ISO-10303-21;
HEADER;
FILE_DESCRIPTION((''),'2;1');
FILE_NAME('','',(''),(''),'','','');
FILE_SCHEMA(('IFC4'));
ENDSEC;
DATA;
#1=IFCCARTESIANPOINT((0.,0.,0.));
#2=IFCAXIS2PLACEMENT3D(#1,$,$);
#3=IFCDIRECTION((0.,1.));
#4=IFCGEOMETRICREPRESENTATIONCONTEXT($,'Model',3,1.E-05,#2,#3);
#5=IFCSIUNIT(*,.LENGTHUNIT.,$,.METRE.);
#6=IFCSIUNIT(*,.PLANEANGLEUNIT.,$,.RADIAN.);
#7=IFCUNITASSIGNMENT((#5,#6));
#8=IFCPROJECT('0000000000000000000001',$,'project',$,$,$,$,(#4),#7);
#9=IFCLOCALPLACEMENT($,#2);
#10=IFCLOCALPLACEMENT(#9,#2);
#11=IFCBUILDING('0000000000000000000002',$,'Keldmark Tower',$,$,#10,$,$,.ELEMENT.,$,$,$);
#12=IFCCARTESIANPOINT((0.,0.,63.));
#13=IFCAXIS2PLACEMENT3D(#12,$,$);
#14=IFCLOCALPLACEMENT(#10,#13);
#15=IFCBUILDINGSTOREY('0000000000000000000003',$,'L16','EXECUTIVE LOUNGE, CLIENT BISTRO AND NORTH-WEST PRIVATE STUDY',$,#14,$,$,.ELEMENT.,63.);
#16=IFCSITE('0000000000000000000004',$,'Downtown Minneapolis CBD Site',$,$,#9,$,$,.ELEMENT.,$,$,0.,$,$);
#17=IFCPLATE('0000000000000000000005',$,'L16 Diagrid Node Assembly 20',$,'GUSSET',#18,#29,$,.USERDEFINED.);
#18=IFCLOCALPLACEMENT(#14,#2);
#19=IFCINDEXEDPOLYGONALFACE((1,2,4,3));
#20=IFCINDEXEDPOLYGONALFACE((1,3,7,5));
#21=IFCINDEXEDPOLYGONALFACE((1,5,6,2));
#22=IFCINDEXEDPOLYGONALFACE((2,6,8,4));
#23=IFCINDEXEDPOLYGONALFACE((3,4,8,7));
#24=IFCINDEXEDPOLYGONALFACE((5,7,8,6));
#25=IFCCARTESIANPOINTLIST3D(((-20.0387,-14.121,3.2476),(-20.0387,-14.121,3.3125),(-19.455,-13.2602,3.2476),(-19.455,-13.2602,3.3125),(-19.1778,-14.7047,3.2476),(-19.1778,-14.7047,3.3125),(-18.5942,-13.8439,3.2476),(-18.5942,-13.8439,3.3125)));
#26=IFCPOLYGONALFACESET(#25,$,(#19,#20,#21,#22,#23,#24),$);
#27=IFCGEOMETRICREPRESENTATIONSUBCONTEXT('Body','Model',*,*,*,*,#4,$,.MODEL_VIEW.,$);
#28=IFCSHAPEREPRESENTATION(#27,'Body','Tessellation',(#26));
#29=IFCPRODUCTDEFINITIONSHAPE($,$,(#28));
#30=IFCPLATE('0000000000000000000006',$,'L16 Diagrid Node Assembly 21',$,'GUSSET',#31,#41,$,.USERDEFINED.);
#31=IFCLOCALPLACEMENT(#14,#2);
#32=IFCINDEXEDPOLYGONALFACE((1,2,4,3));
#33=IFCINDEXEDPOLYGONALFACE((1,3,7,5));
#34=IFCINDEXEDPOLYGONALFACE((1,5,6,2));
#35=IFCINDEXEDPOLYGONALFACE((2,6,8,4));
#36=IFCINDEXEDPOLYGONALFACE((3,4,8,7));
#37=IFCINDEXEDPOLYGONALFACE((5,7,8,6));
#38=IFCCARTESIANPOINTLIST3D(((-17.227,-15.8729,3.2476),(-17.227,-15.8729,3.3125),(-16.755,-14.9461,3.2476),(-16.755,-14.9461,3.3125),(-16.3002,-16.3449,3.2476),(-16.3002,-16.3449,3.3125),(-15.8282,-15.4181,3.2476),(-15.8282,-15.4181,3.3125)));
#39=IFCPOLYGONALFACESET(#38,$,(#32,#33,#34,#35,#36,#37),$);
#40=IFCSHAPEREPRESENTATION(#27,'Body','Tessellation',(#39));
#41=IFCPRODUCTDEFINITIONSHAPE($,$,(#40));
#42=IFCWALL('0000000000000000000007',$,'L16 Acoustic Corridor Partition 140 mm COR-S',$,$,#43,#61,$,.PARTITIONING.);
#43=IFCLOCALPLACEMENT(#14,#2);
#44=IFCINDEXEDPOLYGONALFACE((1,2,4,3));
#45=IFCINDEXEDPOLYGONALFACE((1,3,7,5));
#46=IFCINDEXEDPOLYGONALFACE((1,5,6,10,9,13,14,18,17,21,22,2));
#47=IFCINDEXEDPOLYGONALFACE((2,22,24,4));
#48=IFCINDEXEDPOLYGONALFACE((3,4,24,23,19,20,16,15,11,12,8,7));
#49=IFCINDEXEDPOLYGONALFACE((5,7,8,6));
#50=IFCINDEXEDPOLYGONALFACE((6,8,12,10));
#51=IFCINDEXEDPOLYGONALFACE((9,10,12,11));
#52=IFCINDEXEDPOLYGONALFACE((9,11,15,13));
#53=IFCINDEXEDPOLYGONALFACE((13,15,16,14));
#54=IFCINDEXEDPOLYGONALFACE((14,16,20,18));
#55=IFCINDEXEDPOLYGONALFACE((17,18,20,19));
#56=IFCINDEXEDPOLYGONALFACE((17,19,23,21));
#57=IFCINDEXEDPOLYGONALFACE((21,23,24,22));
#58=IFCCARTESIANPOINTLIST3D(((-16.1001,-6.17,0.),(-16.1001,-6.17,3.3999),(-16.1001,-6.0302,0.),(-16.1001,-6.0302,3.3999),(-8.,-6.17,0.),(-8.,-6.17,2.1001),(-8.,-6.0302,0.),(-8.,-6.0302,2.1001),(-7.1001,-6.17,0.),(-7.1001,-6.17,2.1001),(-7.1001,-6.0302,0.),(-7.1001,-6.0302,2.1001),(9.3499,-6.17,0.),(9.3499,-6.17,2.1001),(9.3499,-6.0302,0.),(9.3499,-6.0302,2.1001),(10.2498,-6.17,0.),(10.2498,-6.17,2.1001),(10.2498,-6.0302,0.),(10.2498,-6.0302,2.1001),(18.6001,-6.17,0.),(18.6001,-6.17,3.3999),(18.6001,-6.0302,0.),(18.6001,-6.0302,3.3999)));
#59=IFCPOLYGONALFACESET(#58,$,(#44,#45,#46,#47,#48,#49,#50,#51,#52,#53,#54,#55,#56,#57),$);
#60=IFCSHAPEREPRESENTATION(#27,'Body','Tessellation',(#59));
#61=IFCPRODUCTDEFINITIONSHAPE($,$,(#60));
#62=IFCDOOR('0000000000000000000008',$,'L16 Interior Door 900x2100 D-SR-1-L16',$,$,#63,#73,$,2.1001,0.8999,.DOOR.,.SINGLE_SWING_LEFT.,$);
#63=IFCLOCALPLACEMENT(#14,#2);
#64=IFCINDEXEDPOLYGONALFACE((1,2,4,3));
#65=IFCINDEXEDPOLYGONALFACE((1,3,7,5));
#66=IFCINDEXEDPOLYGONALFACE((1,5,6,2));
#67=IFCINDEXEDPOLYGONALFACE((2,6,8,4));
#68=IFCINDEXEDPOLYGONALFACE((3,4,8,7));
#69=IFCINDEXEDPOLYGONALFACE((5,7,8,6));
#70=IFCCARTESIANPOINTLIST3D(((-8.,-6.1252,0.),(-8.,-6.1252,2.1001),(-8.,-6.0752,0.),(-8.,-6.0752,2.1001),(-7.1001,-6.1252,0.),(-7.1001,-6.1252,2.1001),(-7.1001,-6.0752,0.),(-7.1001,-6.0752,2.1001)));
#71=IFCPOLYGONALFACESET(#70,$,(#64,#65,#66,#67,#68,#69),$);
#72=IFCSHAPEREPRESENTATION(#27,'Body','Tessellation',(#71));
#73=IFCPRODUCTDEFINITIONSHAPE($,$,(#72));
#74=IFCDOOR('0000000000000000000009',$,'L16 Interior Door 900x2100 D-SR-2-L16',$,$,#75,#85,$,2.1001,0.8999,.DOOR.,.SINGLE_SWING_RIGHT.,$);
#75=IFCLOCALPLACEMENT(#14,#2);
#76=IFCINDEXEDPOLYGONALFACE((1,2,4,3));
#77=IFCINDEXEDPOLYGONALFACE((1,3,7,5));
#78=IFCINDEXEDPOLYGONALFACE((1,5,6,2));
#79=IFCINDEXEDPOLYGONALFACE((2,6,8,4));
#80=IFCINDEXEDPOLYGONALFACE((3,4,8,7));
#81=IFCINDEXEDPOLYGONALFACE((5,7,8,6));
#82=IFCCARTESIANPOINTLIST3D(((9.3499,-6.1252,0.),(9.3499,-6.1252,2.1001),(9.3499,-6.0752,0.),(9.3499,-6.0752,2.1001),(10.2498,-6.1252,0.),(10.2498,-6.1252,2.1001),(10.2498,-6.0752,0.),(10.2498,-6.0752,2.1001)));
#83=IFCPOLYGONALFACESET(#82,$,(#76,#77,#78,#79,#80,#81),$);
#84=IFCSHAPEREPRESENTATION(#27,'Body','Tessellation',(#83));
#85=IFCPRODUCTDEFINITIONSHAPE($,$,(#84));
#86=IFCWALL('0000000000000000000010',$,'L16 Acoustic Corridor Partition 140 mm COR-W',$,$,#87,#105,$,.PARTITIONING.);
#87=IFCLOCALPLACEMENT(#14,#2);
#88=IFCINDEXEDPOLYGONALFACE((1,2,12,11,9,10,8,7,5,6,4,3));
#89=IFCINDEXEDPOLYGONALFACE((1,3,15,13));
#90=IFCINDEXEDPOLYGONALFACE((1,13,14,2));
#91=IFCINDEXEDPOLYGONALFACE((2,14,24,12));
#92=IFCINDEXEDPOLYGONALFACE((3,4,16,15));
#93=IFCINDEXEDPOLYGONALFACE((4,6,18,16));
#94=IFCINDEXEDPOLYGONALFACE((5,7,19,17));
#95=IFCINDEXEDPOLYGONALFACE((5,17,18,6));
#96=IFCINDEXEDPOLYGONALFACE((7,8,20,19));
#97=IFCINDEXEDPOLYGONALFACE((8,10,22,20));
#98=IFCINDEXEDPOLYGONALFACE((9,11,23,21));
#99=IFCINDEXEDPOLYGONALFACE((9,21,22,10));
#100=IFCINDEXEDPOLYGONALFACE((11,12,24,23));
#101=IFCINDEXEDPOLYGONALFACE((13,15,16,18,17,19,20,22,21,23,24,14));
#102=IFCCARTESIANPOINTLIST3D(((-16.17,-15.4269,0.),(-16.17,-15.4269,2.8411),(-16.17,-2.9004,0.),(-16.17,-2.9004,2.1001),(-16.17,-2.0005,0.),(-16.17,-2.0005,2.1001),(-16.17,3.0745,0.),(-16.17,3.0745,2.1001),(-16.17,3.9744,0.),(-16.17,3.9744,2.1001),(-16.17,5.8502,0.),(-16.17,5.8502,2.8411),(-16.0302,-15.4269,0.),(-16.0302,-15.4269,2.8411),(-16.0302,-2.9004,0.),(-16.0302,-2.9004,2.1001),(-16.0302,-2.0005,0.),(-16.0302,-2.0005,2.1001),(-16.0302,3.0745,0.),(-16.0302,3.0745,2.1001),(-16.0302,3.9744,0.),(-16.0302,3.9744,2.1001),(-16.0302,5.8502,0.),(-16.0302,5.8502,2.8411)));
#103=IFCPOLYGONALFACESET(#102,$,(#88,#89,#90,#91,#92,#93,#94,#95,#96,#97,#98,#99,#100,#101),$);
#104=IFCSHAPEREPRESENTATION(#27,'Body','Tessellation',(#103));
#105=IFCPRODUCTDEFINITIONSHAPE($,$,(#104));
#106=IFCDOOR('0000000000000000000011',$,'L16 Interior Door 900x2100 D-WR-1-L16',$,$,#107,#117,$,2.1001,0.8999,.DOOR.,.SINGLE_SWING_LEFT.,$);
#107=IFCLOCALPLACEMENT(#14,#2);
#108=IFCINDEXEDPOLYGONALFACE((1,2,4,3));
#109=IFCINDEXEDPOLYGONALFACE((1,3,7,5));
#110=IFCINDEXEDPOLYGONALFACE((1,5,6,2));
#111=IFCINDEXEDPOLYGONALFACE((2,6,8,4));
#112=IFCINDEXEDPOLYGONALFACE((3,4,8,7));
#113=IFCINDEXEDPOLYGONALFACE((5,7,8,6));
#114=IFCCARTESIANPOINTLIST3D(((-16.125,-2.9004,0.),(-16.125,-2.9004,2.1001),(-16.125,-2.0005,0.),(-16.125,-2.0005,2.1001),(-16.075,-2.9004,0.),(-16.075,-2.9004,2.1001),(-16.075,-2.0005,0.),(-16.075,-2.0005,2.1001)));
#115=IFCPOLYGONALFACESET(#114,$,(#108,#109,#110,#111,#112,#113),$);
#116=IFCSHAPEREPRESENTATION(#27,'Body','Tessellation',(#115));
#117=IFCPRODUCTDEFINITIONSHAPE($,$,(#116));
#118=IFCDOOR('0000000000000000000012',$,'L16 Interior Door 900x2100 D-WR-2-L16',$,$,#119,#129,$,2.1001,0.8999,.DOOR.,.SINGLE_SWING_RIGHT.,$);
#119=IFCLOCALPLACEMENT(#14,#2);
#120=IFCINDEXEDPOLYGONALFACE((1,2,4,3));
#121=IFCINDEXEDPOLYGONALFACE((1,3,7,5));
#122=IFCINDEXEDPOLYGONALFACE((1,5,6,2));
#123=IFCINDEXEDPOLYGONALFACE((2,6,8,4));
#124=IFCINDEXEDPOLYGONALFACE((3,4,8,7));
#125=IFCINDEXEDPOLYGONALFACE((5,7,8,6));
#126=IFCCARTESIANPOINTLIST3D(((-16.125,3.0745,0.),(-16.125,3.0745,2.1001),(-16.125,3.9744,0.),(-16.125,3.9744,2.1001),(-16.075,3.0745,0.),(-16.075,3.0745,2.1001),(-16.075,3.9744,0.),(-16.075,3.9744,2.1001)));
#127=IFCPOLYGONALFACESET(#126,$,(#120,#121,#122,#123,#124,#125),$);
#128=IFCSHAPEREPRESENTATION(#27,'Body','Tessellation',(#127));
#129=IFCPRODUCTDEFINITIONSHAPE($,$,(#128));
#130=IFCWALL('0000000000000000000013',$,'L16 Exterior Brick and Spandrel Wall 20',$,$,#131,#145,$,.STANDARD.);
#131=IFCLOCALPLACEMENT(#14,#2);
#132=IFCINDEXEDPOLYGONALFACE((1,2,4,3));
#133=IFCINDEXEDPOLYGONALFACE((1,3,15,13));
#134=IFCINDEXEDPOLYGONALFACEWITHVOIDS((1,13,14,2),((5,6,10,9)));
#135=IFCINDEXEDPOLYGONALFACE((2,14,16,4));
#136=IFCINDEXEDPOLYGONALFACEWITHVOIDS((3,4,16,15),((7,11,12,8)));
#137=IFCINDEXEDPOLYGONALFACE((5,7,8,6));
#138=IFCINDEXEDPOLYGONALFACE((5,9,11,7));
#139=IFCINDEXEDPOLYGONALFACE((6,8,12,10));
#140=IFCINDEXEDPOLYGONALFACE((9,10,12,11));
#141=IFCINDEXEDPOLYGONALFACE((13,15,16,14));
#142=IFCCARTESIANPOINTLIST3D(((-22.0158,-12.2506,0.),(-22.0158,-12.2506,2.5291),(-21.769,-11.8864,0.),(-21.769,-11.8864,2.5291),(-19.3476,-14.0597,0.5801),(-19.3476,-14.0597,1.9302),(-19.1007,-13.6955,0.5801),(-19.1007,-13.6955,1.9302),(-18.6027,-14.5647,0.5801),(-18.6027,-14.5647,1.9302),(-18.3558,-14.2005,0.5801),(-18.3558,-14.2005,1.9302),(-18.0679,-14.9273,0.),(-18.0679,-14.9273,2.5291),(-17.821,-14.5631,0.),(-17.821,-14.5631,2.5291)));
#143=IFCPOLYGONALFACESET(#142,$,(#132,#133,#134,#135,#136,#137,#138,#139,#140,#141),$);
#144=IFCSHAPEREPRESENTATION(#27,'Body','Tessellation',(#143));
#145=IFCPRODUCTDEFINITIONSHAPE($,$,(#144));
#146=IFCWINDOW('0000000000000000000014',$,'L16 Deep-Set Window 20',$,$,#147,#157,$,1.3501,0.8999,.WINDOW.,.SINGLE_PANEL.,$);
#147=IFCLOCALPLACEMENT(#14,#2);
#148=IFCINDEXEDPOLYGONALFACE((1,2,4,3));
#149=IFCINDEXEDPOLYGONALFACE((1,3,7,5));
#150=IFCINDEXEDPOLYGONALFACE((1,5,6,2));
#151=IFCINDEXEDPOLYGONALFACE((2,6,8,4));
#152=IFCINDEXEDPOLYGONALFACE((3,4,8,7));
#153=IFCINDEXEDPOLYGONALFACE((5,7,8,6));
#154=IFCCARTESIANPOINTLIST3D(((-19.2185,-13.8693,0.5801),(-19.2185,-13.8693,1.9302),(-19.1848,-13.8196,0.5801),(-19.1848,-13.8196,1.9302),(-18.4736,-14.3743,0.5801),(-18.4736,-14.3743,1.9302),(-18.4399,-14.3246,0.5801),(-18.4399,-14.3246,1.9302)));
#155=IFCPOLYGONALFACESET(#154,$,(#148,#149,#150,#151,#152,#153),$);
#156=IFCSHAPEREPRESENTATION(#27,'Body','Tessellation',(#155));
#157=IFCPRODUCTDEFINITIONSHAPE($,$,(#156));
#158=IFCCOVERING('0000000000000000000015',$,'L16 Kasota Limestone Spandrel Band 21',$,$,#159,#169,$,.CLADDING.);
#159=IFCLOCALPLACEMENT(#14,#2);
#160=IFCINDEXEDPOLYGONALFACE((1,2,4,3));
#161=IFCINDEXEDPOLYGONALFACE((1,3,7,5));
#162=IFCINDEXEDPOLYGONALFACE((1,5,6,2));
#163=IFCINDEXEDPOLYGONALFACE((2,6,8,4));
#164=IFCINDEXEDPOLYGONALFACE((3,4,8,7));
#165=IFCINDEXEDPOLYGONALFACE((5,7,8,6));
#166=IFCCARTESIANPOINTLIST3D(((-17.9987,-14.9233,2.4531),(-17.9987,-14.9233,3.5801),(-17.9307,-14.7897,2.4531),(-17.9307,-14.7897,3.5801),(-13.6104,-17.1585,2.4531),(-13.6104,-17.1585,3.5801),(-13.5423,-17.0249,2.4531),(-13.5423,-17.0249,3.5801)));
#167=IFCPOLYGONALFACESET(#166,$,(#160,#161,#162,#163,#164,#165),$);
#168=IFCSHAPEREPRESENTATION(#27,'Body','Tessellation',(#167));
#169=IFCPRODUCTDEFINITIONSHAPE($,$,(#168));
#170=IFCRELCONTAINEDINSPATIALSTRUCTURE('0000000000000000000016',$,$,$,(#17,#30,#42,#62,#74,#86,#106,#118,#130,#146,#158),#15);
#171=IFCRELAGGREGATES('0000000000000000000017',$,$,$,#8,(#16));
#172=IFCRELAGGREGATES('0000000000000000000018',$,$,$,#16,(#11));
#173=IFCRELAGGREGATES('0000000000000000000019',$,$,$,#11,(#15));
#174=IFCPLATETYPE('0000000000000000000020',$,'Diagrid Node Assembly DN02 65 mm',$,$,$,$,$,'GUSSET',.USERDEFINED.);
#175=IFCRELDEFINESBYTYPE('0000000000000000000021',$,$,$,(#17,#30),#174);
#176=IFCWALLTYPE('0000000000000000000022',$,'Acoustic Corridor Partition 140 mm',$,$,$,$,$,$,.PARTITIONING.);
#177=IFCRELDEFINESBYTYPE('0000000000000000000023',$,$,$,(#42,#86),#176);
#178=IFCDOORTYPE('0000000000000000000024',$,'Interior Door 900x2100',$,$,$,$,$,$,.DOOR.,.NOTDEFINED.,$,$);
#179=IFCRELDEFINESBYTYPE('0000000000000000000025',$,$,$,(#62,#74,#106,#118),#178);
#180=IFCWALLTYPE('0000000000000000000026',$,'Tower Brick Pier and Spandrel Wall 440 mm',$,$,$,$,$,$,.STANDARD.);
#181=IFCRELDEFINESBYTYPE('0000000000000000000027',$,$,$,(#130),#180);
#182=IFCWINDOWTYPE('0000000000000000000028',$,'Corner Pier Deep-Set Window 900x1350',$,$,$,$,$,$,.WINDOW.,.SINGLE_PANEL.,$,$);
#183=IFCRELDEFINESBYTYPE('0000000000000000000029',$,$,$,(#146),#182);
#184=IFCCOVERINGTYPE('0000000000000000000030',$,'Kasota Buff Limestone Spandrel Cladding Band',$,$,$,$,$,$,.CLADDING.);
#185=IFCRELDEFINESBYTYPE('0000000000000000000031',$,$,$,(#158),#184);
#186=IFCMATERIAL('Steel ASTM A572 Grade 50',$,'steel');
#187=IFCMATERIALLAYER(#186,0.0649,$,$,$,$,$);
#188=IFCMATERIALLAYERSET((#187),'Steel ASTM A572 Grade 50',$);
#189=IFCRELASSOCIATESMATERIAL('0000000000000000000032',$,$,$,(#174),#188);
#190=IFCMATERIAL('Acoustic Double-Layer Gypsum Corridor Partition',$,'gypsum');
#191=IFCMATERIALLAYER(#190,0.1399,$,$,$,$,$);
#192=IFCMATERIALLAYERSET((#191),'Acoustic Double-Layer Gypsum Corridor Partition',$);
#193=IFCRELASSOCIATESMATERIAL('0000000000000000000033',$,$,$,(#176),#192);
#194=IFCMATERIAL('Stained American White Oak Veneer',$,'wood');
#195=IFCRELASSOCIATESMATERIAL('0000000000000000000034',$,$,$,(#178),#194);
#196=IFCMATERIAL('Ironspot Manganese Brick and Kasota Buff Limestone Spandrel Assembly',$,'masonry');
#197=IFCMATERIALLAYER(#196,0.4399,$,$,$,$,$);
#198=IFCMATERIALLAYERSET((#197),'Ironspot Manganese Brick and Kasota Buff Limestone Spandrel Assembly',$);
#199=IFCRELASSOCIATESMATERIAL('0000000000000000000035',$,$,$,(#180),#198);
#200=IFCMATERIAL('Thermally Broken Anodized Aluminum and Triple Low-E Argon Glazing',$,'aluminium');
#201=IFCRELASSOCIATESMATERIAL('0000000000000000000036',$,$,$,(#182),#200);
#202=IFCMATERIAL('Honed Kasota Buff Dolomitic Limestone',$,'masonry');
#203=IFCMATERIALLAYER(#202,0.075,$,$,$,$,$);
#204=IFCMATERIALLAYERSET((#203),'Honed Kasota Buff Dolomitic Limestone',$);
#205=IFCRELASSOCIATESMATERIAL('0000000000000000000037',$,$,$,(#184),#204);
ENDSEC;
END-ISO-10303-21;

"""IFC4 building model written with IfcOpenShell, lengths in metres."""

from ifc_helpers import new_model, si_unit, direction, frame, frame_2d, origin, origin_2d, place, context, subcontext, project, spatial, rectangle, extrude, material, layer, layer_set, type_object, element, fill, save


model = new_model("IFC4")

# Units and contexts
model_context = context("Model", 3, precision=1e-05, world=origin(), true_north=direction((0.0, 1.0)))
body_context = subcontext(model_context, "Body", "Model", "MODEL_VIEW")
ifc_project = project(units=[si_unit("LENGTHUNIT", "METRE"), si_unit("PLANEANGLEUNIT", "RADIAN")], contexts=[model_context])

# Site, building, storey
site_placement = place(None, origin())
site = spatial("IfcSite", under=ifc_project, at=site_placement, Name="Downtown Minneapolis CBD Site", CompositionType="ELEMENT", RefElevation=0.0)
building_placement = place(site_placement, origin())
building = spatial("IfcBuilding", under=site, at=building_placement, Name="Keldmark Tower", CompositionType="ELEMENT")
storey_placement = place(building_placement, frame((0.0, 0.0, 63.0)))
storey = spatial("IfcBuildingStorey", under=building, at=storey_placement, Name="L16", Description="EXECUTIVE LOUNGE, CLIENT BISTRO AND NORTH-WEST PRIVATE STUDY", CompositionType="ELEMENT", Elevation=63.0)

# Plates
ifc_material_1 = material(Name="Steel ASTM A572 Grade 50", Category="steel")
ifc_layer_1 = layer(ifc_material_1, 0.0649)
ifc_layer_set_1 = layer_set([ifc_layer_1], Name="Steel ASTM A572 Grade 50")
plate_type = type_object("IfcPlateType", Name="Diagrid Node Assembly DN02 65 mm", ElementType="GUSSET", PredefinedType="USERDEFINED", material=ifc_layer_set_1)
for number, where, z_axis, x_axis, name in (
    (1, (-19.3164, -13.9824, 3.2476), (0.0, 0.0, 1.0), (0.827669, -0.561217, 0.0), "L16 Diagrid Node Assembly 20"),
    (2, (-16.5276, -15.6455, 3.2476), (0.0, 0.0, 1.0), (0.891086, -0.453835, 0.0), "L16 Diagrid Node Assembly 21"),
):
    element("IfcPlate", number, at=place(storey_placement, frame(where, z_axis=z_axis, x_axis=x_axis)), inside=storey, type_object=plate_type, Name=name, ObjectType="GUSSET", PredefinedType="USERDEFINED", context=body_context, shape_type="SweptSolid", body=[
        extrude(rectangle(XDim=1.04, YDim=1.04, at=origin_2d()), origin(), (0.0, 0.0, 1.0), 0.0649),
    ])

# Walls, openings, doors
ifc_material_2 = material(Name="Acoustic Double-Layer Gypsum Corridor Partition", Category="gypsum")
ifc_layer_2 = layer(ifc_material_2, 0.1399)
ifc_layer_set_2 = layer_set([ifc_layer_2], Name="Acoustic Double-Layer Gypsum Corridor Partition")
wall_type_1 = type_object("IfcWallType", Name="Acoustic Corridor Partition 140 mm", PredefinedType="PARTITIONING", material=ifc_layer_set_2)
wall_1_placement = place(storey_placement, frame((-16.1001, -6.1001, 0.0), z_axis=(0.0, 0.0, 1.0), x_axis=(1.0, 0.0, 0.0)))
wall_1 = element("IfcWall", 3, at=wall_1_placement, inside=storey, type_object=wall_type_1, Name="L16 Acoustic Corridor Partition 140 mm COR-S", PredefinedType="PARTITIONING", context=body_context, shape_type="SweptSolid", body=[
    extrude(rectangle(XDim=34.7002, YDim=0.1399, at=frame_2d((17.3501, 0.0))), origin(), (0.0, 0.0, 1.0), 3.3999),
])
opening_1_placement = place(wall_1_placement, frame((8.1001, 0.0, 0.0)))
opening_1 = element("IfcOpeningElement", 4, at=opening_1_placement, cuts=wall_1, PredefinedType="OPENING", context=body_context, shape_type="SweptSolid", body=[
    extrude(rectangle(XDim=0.8999, YDim=2.1001, at=frame_2d((0.45, 1.05))), frame((0.0, 0.0798, 0.0), z_axis=(0.0, -1.0, 0.0), x_axis=(1.0, 0.0, 0.0)), (0.0, 0.0, 1.0), 0.1599),
])
opening_2_placement = place(wall_1_placement, frame((25.45, 0.0, 0.0)))
opening_2 = element("IfcOpeningElement", 5, at=opening_2_placement, cuts=wall_1, PredefinedType="OPENING", context=body_context, shape_type="SweptSolid", body=[
    extrude(rectangle(XDim=0.8999, YDim=2.1001, at=frame_2d((0.45, 1.05))), frame((0.0, 0.0798, 0.0), z_axis=(0.0, -1.0, 0.0), x_axis=(1.0, 0.0, 0.0)), (0.0, 0.0, 1.0), 0.1599),
])
ifc_material_3 = material(Name="Stained American White Oak Veneer", Category="wood")
door_type = type_object("IfcDoorType", Name="Interior Door 900x2100", OperationType="NOTDEFINED", PredefinedType="DOOR", material=ifc_material_3)
door_1_placement = place(opening_1_placement, origin())
door_1 = element("IfcDoor", 6, at=door_1_placement, inside=storey, type_object=door_type, Name="L16 Interior Door 900x2100 D-SR-1-L16", OperationType="SINGLE_SWING_LEFT", OverallHeight=2.1001, OverallWidth=0.8999, PredefinedType="DOOR", context=body_context, shape_type="SweptSolid", body=[
    extrude(rectangle(XDim=0.8999, YDim=2.1001, at=frame_2d((0.45, 1.05))), frame((0.0, 0.0249, 0.0), z_axis=(0.0, -1.0, 0.0), x_axis=(1.0, 0.0, 0.0)), (0.0, 0.0, 1.0), 0.05),
])
fill(opening_1, door_1)
door_2_placement = place(opening_2_placement, origin())
door_2 = element("IfcDoor", 7, at=door_2_placement, inside=storey, type_object=door_type, Name="L16 Interior Door 900x2100 D-SR-2-L16", OperationType="SINGLE_SWING_RIGHT", OverallHeight=2.1001, OverallWidth=0.8999, PredefinedType="DOOR", context=body_context, shape_type="SweptSolid", body=[
    extrude(rectangle(XDim=0.8999, YDim=2.1001, at=frame_2d((0.45, 1.05))), frame((0.0, 0.0249, 0.0), z_axis=(0.0, -1.0, 0.0), x_axis=(1.0, 0.0, 0.0)), (0.0, 0.0, 1.0), 0.05),
])
fill(opening_2, door_2)
wall_2_placement = place(storey_placement, frame((-16.1001, -15.427, 0.0), z_axis=(0.0, 0.0, 1.0), x_axis=(0.0, 1.0, 0.0)))
wall_2 = element("IfcWall", 8, at=wall_2_placement, inside=storey, type_object=wall_type_1, Name="L16 Acoustic Corridor Partition 140 mm COR-W", PredefinedType="PARTITIONING", context=body_context, shape_type="SweptSolid", body=[
    extrude(rectangle(XDim=21.2771, YDim=0.1399, at=frame_2d((10.6387, 0.0))), origin(), (0.0, 0.0, 1.0), 2.8411),
])
opening_3_placement = place(wall_2_placement, frame((12.5266, 0.0, 0.0)))
opening_3 = element("IfcOpeningElement", 9, at=opening_3_placement, cuts=wall_2, PredefinedType="OPENING", context=body_context, shape_type="SweptSolid", body=[
    extrude(rectangle(XDim=0.8999, YDim=2.1001, at=frame_2d((0.45, 1.05))), frame((0.0, 0.0798, 0.0), z_axis=(0.0, -1.0, 0.0), x_axis=(1.0, 0.0, 0.0)), (0.0, 0.0, 1.0), 0.1599),
])
opening_4_placement = place(wall_2_placement, frame((18.5015, 0.0, 0.0)))
opening_4 = element("IfcOpeningElement", 10, at=opening_4_placement, cuts=wall_2, PredefinedType="OPENING", context=body_context, shape_type="SweptSolid", body=[
    extrude(rectangle(XDim=0.8999, YDim=2.1001, at=frame_2d((0.45, 1.05))), frame((0.0, 0.0798, 0.0), z_axis=(0.0, -1.0, 0.0), x_axis=(1.0, 0.0, 0.0)), (0.0, 0.0, 1.0), 0.1599),
])
door_3_placement = place(opening_3_placement, origin())
door_3 = element("IfcDoor", 11, at=door_3_placement, inside=storey, type_object=door_type, Name="L16 Interior Door 900x2100 D-WR-1-L16", OperationType="SINGLE_SWING_LEFT", OverallHeight=2.1001, OverallWidth=0.8999, PredefinedType="DOOR", context=body_context, shape_type="SweptSolid", body=[
    extrude(rectangle(XDim=0.8999, YDim=2.1001, at=frame_2d((0.45, 1.05))), frame((0.0, 0.0249, 0.0), z_axis=(0.0, -1.0, 0.0), x_axis=(1.0, 0.0, 0.0)), (0.0, 0.0, 1.0), 0.05),
])
fill(opening_3, door_3)
door_4_placement = place(opening_4_placement, origin())
door_4 = element("IfcDoor", 12, at=door_4_placement, inside=storey, type_object=door_type, Name="L16 Interior Door 900x2100 D-WR-2-L16", OperationType="SINGLE_SWING_RIGHT", OverallHeight=2.1001, OverallWidth=0.8999, PredefinedType="DOOR", context=body_context, shape_type="SweptSolid", body=[
    extrude(rectangle(XDim=0.8999, YDim=2.1001, at=frame_2d((0.45, 1.05))), frame((0.0, 0.0249, 0.0), z_axis=(0.0, -1.0, 0.0), x_axis=(1.0, 0.0, 0.0)), (0.0, 0.0, 1.0), 0.05),
])
fill(opening_4, door_4)

# Wall, opening, window
ifc_material_4 = material(Name="Ironspot Manganese Brick and Kasota Buff Limestone Spandrel Assembly", Category="masonry")
ifc_layer_3 = layer(ifc_material_4, 0.4399)
ifc_layer_set_3 = layer_set([ifc_layer_3], Name="Ironspot Manganese Brick and Kasota Buff Limestone Spandrel Assembly")
wall_type_2 = type_object("IfcWallType", Name="Tower Brick Pier and Spandrel Wall 440 mm", PredefinedType="STANDARD", material=ifc_layer_set_3)
wall_3_placement = place(storey_placement, frame((-17.9446, -14.7451, 0.0), z_axis=(0.0, 0.0, 1.0), x_axis=(-0.827694, 0.56118, 0.0)))
wall_3 = element("IfcWall", 13, at=wall_3_placement, inside=storey, type_object=wall_type_2, Name="L16 Exterior Brick and Spandrel Wall 20", PredefinedType="STANDARD", context=body_context, shape_type="SweptSolid", body=[
    extrude(rectangle(XDim=4.7698, YDim=0.4399, at=frame_2d((2.3848, 0.0))), origin(), (0.0, 0.0, 1.0), 2.5291),
])
opening_5_placement = place(wall_3_placement, frame((0.646, 0.0, 0.5801)))
opening_5 = element("IfcOpeningElement", 14, at=opening_5_placement, cuts=wall_3, PredefinedType="OPENING", context=body_context, shape_type="SweptSolid", body=[
    extrude(rectangle(XDim=0.8999, YDim=1.3501, at=frame_2d((0.45, 0.675))), frame((0.0, 0.23, 0.0), z_axis=(0.0, -1.0, 0.0), x_axis=(1.0, 0.0, 0.0)), (0.0, 0.0, 1.0), 0.46),
])
ifc_material_5 = material(Name="Thermally Broken Anodized Aluminum and Triple Low-E Argon Glazing", Category="aluminium")
window_type = type_object("IfcWindowType", Name="Corner Pier Deep-Set Window 900x1350", PartitioningType="SINGLE_PANEL", PredefinedType="WINDOW", material=ifc_material_5)
window_placement = place(opening_5_placement, origin())
window = element("IfcWindow", 15, at=window_placement, inside=storey, type_object=window_type, Name="L16 Deep-Set Window 20", OverallHeight=1.3501, OverallWidth=0.8999, PartitioningType="SINGLE_PANEL", PredefinedType="WINDOW", context=body_context, shape_type="SweptSolid", body=[
    extrude(rectangle(XDim=0.8999, YDim=1.3501, at=frame_2d((0.45, 0.675))), frame((0.0, -0.01, 0.0), z_axis=(0.0, -1.0, 0.0), x_axis=(1.0, 0.0, 0.0)), (0.0, 0.0, 1.0), 0.0601),
])
fill(opening_5, window)

# Covering
ifc_material_6 = material(Name="Honed Kasota Buff Dolomitic Limestone", Category="masonry")
ifc_layer_4 = layer(ifc_material_6, 0.075)
ifc_layer_set_4 = layer_set([ifc_layer_4], Name="Honed Kasota Buff Dolomitic Limestone")
covering_type = type_object("IfcCoveringType", Name="Kasota Buff Limestone Spandrel Cladding Band", PredefinedType="CLADDING", material=ifc_layer_set_4)
covering_placement = place(storey_placement, frame((-15.7705, -15.9741, 2.4531), z_axis=(0.0, 0.0, 1.0), x_axis=(0.89107, -0.453866, 0.0)))
element("IfcCovering", 16, at=covering_placement, inside=storey, type_object=covering_type, Name="L16 Kasota Limestone Spandrel Band 21", PredefinedType="CLADDING", context=body_context, shape_type="SweptSolid", body=[
    extrude(rectangle(XDim=4.9248, YDim=0.1499, at=origin_2d()), origin(), (0.0, 0.0, 1.0), 1.127),
])

save(model, "model.ifc")
